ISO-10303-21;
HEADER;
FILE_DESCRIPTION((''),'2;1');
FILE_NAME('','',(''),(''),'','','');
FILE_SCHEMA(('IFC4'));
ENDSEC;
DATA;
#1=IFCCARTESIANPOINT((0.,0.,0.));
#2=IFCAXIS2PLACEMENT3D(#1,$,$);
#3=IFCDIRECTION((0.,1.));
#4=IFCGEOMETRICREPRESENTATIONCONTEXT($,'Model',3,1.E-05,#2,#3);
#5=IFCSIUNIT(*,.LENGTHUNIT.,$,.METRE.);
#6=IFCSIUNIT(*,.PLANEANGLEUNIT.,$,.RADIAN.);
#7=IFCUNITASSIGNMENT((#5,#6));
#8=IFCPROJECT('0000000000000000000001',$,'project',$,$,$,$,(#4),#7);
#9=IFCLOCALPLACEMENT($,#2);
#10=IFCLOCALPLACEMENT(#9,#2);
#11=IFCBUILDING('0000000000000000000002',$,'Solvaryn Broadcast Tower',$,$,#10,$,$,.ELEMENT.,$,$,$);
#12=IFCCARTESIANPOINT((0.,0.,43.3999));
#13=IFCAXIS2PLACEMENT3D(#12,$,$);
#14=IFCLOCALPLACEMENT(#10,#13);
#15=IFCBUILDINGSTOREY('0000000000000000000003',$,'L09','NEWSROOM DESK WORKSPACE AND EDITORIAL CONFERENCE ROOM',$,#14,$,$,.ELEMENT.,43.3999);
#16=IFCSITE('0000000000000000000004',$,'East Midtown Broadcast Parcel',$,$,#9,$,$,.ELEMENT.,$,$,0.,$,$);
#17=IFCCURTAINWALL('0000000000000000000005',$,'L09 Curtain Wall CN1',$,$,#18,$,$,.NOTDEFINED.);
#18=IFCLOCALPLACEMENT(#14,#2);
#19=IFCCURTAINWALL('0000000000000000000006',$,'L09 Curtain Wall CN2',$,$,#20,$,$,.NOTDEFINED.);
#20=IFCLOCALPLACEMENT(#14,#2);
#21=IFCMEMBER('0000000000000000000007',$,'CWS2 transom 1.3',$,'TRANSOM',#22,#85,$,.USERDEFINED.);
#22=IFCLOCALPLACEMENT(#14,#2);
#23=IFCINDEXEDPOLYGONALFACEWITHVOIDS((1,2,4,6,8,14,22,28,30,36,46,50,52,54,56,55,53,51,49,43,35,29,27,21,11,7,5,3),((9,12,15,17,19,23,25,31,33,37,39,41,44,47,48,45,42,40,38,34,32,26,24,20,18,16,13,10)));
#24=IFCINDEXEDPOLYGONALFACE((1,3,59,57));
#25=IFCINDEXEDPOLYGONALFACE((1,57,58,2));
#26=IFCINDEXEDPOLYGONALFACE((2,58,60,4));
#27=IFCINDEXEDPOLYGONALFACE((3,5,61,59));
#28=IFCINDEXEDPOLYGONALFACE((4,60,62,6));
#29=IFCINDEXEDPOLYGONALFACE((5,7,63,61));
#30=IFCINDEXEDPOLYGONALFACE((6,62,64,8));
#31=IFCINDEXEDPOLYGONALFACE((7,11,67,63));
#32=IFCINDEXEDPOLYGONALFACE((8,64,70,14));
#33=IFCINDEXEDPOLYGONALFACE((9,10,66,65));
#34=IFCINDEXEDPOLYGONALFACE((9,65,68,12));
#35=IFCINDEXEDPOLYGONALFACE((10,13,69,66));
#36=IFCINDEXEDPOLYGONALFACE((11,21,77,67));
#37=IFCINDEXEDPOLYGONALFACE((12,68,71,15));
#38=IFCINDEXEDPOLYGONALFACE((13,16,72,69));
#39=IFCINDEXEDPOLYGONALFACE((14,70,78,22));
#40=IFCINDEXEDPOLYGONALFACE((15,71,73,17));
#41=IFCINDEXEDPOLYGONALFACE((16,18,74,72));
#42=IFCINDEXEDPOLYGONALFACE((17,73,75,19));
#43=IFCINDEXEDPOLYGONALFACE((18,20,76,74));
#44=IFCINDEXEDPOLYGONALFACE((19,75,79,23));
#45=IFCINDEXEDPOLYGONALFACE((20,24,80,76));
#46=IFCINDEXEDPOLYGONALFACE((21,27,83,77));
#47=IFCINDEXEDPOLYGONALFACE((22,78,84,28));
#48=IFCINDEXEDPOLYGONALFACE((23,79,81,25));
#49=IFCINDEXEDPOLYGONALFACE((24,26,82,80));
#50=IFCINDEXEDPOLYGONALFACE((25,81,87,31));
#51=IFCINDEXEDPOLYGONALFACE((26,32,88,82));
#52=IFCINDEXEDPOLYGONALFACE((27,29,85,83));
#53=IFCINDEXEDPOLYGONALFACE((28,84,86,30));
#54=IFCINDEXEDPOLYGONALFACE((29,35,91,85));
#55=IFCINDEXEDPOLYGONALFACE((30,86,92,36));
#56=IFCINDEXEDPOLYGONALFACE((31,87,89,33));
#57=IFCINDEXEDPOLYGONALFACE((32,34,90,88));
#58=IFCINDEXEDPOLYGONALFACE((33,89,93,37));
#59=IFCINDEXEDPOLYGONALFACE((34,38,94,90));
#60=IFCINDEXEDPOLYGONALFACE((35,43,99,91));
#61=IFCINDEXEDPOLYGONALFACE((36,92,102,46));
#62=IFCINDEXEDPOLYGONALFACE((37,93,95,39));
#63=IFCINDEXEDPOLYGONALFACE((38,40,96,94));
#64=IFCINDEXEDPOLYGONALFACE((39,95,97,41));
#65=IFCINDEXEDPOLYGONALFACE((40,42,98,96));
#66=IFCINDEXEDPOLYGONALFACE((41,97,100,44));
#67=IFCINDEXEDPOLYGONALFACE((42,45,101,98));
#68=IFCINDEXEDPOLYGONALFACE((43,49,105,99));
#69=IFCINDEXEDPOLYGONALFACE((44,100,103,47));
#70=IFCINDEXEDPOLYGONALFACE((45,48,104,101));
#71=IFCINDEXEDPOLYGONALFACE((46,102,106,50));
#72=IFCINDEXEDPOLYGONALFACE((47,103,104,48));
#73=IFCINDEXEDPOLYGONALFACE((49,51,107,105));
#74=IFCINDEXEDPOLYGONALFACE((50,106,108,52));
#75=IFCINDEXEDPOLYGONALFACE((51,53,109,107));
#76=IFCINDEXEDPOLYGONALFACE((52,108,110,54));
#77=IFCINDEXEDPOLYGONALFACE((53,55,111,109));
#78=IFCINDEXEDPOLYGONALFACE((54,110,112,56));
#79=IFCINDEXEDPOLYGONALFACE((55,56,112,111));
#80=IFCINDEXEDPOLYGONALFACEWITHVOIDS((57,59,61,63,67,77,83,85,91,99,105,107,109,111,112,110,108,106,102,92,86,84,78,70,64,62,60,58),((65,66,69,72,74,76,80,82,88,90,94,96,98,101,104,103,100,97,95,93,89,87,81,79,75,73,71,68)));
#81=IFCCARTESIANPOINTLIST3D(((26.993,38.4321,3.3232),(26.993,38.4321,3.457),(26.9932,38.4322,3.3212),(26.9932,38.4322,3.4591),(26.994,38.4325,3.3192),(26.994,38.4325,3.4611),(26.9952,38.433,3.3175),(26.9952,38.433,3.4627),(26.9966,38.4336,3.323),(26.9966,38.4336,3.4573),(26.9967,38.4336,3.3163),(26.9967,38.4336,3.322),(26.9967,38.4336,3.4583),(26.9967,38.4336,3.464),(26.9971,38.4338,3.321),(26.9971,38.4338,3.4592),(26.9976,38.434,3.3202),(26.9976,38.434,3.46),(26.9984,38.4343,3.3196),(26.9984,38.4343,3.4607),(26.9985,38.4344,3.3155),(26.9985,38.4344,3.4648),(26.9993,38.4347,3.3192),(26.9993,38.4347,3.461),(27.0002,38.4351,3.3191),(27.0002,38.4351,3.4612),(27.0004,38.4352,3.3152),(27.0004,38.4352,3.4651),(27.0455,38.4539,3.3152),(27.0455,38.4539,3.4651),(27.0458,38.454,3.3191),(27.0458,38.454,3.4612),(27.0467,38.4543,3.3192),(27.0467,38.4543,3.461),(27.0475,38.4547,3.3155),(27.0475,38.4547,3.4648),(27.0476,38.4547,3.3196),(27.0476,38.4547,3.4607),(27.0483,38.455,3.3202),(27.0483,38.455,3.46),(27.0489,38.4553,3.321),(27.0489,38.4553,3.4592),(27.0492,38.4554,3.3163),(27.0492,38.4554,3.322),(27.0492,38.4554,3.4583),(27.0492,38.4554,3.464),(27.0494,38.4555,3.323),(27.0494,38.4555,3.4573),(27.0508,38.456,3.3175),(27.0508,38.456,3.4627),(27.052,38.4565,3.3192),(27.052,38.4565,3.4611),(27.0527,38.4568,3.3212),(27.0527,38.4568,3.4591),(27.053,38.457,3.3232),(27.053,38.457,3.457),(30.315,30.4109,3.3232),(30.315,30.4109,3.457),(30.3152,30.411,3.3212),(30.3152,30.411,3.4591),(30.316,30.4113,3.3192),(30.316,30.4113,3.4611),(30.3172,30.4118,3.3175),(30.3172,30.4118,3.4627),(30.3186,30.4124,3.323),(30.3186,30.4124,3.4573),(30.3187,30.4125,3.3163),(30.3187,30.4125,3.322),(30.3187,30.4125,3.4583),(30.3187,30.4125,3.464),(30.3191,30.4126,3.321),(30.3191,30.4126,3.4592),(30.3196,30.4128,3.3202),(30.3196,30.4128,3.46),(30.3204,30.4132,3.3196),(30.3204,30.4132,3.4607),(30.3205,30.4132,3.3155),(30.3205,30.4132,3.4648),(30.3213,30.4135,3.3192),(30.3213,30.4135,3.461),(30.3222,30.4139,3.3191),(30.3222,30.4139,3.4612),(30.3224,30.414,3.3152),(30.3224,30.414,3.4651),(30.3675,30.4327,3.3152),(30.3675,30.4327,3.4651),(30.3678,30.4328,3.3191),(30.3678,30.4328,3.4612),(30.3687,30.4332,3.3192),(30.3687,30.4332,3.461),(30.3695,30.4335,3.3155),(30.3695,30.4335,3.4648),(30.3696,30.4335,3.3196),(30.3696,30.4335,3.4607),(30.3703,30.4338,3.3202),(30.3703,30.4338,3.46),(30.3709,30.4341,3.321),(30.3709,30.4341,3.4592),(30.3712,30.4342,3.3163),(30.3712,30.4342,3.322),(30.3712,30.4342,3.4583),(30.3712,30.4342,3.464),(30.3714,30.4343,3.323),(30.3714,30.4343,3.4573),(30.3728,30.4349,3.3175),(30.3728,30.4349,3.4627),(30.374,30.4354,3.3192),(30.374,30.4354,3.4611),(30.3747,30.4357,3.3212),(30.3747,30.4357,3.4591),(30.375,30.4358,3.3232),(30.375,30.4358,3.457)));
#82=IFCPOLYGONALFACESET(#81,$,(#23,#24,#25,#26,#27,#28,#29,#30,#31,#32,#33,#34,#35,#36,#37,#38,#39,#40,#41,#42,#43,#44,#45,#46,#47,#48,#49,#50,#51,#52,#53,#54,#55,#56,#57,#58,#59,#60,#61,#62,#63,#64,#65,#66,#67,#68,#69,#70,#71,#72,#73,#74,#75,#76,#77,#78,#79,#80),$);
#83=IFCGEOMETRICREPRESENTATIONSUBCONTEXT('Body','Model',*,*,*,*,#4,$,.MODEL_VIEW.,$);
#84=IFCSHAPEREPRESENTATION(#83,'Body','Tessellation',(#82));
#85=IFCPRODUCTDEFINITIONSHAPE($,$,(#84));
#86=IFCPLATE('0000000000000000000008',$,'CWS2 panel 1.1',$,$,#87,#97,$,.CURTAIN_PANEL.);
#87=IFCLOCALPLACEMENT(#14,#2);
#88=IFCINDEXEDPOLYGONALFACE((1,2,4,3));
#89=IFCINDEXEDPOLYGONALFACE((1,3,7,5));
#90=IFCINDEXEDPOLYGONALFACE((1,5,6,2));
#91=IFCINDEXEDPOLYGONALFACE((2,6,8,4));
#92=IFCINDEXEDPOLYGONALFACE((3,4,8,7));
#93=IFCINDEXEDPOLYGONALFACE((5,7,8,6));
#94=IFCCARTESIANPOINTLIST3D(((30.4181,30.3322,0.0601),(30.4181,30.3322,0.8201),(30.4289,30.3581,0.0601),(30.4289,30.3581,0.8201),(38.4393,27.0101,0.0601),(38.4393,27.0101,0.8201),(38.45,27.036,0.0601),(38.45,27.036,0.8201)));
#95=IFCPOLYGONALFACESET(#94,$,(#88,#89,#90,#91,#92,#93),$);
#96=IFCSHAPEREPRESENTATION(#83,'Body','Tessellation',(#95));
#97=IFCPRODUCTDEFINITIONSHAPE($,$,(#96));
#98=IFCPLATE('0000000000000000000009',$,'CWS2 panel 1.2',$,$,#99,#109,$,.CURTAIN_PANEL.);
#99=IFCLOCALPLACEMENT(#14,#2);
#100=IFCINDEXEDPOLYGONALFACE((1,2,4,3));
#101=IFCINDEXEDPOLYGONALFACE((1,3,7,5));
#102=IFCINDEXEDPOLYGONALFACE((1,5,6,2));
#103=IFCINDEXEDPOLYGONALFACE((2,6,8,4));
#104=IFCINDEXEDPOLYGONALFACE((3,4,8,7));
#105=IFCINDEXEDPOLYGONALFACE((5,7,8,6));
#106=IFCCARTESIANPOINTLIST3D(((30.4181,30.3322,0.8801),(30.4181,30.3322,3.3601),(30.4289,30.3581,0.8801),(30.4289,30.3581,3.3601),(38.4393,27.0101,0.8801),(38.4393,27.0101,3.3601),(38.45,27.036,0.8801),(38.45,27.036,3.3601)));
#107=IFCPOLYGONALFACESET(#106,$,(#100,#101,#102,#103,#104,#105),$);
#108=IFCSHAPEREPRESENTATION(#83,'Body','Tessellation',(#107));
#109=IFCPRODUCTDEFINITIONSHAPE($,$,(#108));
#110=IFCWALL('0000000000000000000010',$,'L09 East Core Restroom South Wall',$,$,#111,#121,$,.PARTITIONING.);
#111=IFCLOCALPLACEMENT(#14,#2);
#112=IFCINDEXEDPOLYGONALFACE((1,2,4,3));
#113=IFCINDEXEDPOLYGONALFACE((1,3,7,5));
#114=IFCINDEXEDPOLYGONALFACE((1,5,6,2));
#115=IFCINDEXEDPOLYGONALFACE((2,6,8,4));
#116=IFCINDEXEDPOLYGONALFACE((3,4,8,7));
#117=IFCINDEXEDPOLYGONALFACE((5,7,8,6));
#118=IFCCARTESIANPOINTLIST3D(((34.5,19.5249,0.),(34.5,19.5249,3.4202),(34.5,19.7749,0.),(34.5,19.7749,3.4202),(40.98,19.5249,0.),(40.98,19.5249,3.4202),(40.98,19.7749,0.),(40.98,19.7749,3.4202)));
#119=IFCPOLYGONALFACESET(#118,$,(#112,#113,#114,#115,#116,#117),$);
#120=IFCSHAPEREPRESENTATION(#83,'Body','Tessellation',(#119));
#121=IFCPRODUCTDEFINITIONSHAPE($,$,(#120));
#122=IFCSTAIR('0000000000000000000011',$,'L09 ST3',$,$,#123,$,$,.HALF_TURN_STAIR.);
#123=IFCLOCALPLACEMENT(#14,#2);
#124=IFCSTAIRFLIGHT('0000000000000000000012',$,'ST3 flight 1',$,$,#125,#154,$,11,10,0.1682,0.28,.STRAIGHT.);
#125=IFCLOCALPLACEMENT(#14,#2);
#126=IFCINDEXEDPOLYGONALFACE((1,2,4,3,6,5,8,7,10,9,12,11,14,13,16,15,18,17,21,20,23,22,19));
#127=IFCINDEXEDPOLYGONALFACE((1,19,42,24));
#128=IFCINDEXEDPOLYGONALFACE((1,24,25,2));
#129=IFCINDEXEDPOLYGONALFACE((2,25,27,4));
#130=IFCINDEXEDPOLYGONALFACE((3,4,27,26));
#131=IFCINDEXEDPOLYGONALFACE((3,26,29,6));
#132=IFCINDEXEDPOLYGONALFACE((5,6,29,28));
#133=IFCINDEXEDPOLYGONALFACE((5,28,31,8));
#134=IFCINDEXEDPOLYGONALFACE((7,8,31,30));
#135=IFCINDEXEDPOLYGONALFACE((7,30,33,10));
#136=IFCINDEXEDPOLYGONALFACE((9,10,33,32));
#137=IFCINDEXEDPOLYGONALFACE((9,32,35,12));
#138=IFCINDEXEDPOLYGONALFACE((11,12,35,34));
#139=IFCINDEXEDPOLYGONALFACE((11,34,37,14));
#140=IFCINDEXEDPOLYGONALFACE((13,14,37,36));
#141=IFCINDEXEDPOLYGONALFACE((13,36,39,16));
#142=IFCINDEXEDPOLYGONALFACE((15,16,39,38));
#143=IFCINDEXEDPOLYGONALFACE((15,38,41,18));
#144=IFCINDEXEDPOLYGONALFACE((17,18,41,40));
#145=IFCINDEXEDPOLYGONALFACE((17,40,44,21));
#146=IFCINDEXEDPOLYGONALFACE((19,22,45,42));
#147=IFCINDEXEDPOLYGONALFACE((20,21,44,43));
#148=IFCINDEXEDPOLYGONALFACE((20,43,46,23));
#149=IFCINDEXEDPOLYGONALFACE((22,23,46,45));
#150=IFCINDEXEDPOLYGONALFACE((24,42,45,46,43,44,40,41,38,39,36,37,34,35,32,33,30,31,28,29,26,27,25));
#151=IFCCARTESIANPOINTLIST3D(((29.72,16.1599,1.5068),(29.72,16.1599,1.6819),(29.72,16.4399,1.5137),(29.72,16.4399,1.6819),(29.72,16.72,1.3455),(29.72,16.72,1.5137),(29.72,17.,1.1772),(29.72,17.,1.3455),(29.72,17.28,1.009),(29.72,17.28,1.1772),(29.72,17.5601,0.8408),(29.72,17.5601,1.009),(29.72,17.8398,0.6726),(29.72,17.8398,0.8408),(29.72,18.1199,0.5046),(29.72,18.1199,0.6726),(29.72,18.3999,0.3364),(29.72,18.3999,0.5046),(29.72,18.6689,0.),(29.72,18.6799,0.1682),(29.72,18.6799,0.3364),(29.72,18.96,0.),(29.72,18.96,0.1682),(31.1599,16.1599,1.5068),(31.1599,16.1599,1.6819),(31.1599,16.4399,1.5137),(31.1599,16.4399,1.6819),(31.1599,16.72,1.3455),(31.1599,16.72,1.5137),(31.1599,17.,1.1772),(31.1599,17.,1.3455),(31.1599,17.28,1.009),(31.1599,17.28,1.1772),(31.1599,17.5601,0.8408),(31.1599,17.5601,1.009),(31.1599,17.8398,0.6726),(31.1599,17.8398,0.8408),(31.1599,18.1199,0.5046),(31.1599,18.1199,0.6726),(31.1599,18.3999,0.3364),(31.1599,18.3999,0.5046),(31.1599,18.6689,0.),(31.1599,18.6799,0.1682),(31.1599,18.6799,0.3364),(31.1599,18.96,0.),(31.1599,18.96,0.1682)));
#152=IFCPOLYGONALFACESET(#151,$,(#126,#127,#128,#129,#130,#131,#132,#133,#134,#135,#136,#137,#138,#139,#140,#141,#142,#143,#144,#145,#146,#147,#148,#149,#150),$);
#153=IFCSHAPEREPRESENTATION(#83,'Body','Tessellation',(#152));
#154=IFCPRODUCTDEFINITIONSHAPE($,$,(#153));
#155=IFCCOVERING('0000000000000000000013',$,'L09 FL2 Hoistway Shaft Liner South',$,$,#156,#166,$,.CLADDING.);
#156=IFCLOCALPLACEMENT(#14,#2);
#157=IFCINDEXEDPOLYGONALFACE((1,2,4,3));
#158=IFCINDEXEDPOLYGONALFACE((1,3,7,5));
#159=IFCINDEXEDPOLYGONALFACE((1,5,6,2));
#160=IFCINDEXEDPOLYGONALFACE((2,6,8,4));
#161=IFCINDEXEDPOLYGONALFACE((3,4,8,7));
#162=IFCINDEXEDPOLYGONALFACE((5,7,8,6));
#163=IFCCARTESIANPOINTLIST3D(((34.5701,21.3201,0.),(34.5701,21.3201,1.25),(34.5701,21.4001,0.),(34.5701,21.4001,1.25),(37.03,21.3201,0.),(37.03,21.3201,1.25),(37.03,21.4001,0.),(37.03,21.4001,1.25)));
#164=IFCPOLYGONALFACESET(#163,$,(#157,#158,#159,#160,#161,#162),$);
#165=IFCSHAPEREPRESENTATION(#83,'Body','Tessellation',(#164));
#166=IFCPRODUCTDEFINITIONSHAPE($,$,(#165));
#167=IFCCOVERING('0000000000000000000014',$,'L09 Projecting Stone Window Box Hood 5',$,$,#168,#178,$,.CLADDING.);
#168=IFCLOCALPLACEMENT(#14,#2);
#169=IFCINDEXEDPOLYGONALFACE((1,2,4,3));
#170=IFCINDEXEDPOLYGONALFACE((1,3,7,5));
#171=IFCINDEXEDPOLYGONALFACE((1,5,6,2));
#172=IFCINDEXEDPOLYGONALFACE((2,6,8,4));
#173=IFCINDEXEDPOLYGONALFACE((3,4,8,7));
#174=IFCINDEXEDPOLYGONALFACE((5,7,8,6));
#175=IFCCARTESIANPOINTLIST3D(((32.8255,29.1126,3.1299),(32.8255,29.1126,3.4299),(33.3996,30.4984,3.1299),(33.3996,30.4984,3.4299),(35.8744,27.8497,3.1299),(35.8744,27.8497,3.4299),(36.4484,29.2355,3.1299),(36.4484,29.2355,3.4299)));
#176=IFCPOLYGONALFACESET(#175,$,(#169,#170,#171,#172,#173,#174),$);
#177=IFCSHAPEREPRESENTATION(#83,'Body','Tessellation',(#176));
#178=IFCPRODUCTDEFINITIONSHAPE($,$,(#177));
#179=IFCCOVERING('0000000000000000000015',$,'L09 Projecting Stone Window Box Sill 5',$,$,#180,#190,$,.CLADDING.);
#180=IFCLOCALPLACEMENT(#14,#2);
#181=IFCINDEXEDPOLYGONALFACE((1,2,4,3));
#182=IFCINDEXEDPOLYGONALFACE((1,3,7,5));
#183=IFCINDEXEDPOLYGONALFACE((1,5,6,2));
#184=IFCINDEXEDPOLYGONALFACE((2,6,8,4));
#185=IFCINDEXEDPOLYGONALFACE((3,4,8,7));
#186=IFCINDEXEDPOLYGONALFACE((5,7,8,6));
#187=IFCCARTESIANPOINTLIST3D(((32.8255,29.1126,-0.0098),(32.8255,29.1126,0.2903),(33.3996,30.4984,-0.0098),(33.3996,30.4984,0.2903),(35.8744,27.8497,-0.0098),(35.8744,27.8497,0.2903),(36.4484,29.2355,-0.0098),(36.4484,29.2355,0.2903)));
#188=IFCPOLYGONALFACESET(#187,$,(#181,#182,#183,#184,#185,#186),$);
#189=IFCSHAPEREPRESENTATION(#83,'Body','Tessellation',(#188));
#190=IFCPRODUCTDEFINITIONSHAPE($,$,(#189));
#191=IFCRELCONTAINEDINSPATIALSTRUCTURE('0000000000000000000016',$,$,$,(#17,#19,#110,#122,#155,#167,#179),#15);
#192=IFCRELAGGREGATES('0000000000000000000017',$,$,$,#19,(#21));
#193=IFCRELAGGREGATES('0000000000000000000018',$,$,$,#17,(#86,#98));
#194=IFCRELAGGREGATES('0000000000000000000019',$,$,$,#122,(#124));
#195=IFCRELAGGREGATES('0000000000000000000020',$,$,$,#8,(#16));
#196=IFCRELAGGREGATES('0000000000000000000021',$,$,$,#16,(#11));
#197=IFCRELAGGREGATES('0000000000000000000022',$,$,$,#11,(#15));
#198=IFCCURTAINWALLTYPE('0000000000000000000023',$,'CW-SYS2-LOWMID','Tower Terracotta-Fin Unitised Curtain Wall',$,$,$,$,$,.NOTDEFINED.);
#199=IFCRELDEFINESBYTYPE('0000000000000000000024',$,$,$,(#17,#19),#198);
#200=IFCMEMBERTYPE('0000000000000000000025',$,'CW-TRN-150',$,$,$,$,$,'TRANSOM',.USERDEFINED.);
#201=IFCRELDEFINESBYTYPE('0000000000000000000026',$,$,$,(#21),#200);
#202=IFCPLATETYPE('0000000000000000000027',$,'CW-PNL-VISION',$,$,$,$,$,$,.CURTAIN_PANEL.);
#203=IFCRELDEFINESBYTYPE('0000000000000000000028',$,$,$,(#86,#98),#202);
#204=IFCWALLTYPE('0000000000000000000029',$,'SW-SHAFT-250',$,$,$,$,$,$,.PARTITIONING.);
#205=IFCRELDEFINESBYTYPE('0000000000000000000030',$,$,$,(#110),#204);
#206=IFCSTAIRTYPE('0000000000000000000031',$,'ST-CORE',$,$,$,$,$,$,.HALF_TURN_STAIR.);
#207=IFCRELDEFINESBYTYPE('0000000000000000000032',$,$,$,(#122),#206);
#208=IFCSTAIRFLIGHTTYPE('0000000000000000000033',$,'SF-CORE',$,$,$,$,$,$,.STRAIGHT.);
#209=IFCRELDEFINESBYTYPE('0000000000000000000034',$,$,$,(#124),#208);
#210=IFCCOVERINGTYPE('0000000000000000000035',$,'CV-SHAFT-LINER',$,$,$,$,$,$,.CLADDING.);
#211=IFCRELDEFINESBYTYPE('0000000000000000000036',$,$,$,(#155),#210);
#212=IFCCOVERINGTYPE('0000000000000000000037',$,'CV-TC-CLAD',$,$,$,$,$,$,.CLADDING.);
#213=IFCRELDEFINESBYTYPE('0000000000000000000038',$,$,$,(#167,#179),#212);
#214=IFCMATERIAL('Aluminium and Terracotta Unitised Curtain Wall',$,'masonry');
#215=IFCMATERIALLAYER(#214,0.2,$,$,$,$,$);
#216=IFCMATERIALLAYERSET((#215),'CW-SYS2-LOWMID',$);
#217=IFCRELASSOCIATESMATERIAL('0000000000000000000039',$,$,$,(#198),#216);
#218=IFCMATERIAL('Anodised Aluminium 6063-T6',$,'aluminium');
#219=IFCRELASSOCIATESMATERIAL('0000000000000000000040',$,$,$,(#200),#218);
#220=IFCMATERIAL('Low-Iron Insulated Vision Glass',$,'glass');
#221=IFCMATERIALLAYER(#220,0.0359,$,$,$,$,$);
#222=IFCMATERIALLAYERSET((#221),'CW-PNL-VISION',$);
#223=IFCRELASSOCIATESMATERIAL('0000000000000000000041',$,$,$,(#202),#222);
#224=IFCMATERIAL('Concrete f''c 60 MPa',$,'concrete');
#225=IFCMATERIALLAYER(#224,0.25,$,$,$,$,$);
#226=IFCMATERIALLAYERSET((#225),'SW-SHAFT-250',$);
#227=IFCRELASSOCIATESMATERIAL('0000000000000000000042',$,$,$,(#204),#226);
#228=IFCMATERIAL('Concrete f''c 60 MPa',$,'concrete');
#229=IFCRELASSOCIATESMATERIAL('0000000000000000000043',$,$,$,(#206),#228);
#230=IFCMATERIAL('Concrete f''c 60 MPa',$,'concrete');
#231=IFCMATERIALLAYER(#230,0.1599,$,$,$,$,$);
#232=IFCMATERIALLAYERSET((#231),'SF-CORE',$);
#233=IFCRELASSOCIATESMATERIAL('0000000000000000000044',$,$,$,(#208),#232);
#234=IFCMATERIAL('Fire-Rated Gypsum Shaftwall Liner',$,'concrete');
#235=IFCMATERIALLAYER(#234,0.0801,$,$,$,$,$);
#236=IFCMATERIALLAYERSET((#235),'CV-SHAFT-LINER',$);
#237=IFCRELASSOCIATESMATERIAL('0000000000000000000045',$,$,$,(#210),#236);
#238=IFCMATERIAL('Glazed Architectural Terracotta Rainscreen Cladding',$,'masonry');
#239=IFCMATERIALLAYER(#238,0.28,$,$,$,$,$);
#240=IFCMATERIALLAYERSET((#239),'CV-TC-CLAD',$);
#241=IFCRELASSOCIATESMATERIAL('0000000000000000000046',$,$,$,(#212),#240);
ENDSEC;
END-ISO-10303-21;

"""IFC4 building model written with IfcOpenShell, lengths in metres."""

from ifc_helpers import new_model, si_unit, direction, frame, frame_2d, origin, origin_2d, place, context, subcontext, project, spatial, polyline, rectangle, hollow_rectangle, outline, extrude, material, layer, layer_set, material_profile, profile_set, type_object, element, aggregate, save


model = new_model("IFC4")

# Units and contexts
model_context = context("Model", 3, precision=1e-05, world=origin(), true_north=direction((0.0, 1.0)))
body_context = subcontext(model_context, "Body", "Model", "MODEL_VIEW")
ifc_project = project(units=[si_unit("LENGTHUNIT", "METRE"), si_unit("PLANEANGLEUNIT", "RADIAN")], contexts=[model_context])

# Site, building, storey
site_placement = place(None, origin())
site = spatial("IfcSite", under=ifc_project, at=site_placement, Name="East Midtown Broadcast Parcel", CompositionType="ELEMENT", RefElevation=0.0)
building_placement = place(site_placement, origin())
building = spatial("IfcBuilding", under=site, at=building_placement, Name="Solvaryn Broadcast Tower", CompositionType="ELEMENT")
storey_placement = place(building_placement, frame((0.0, 0.0, 43.3999)))
storey = spatial("IfcBuildingStorey", under=building, at=storey_placement, Name="L09", Description="NEWSROOM DESK WORKSPACE AND EDITORIAL CONFERENCE ROOM", CompositionType="ELEMENT", Elevation=43.3999)

# Curtain wall
ifc_material_1 = material(Name="Aluminium and Terracotta Unitised Curtain Wall", Category="masonry")
ifc_layer_1 = layer(ifc_material_1, 0.2)
ifc_layer_set_1 = layer_set([ifc_layer_1], Name="CW-SYS2-LOWMID")
curtain_wall_type = type_object("IfcCurtainWallType", Name="CW-SYS2-LOWMID", Description="Tower Terracotta-Fin Unitised Curtain Wall", PredefinedType="NOTDEFINED", material=ifc_layer_set_1)
curtain_wall_1_placement = place(storey_placement, origin())
curtain_wall_1 = element("IfcCurtainWall", 1, at=curtain_wall_1_placement, inside=storey, type_object=curtain_wall_type, Name="L09 Curtain Wall CN1", PredefinedType="NOTDEFINED")

# Curtain wall, member
curtain_wall_2_placement = place(storey_placement, origin())
curtain_wall_2 = element("IfcCurtainWall", 2, at=curtain_wall_2_placement, inside=storey, type_object=curtain_wall_type, Name="L09 Curtain Wall CN2", PredefinedType="NOTDEFINED")
ifc_material_2 = material(Name="Anodised Aluminium 6063-T6", Category="aluminium")
ifc_material_profile_1 = material_profile(ifc_material_2, hollow_rectangle(XDim=0.0649, YDim=0.1499, WallThickness=0.0039, InnerFilletRadius=0.0039, OuterFilletRadius=0.0081, at=origin_2d()))
ifc_profile_set_1 = profile_set([ifc_material_profile_1], Name="Anodised Aluminium 6063-T6")
member_type_1 = type_object("IfcMemberType", Name="CW-TRN-150", ElementType="TRANSOM", PredefinedType="USERDEFINED", material=ifc_profile_set_1)
member_1_placement = place(storey_placement, frame((30.345, 30.4233, 3.3901), z_axis=(-0.382636, 0.923899, 0.0), x_axis=(-0.923899, -0.382636, 0.0)))
member_1 = element("IfcMember", 3, at=member_1_placement, type_object=member_type_1, Name="CWS2 transom 1.3", ObjectType="TRANSOM", PredefinedType="USERDEFINED", context=body_context, shape_type="SweptSolid", body=[
    extrude(hollow_rectangle(XDim=0.0649, YDim=0.1499, WallThickness=0.0039, InnerFilletRadius=0.0039, OuterFilletRadius=0.0081, at=origin_2d()), origin(), (0.0, 0.0, 1.0), 8.6819),
])
aggregate(curtain_wall_2, [member_1])

# Plates
ifc_material_3 = material(Name="Low-Iron Insulated Vision Glass", Category="glass")
ifc_layer_2 = layer(ifc_material_3, 0.0359)
ifc_layer_set_2 = layer_set([ifc_layer_2], Name="CW-PNL-VISION")
plate_type = type_object("IfcPlateType", Name="CW-PNL-VISION", PredefinedType="CURTAIN_PANEL", material=ifc_layer_set_2)
plate_1_placement = place(storey_placement, frame((34.4341, 28.6841, 0.0601), z_axis=(0.0, 0.0, 1.0), x_axis=(-0.923895, 0.382646, 0.0)))
plate_1 = element("IfcPlate", 4, at=plate_1_placement, type_object=plate_type, Name="CWS2 panel 1.1", PredefinedType="CURTAIN_PANEL", context=body_context, shape_type="SweptSolid", body=[
    extrude(rectangle(XDim=8.6819, YDim=0.0281, at=origin_2d()), origin(), (0.0, 0.0, 1.0), 0.76),
])
plate_2_placement = place(storey_placement, frame((34.4341, 28.6841, 0.8801), z_axis=(0.0, 0.0, 1.0), x_axis=(-0.923895, 0.382646, 0.0)))
plate_2 = element("IfcPlate", 5, at=plate_2_placement, type_object=plate_type, Name="CWS2 panel 1.2", PredefinedType="CURTAIN_PANEL", context=body_context, shape_type="SweptSolid", body=[
    extrude(rectangle(XDim=8.6819, YDim=0.0281, at=origin_2d()), origin(), (0.0, 0.0, 1.0), 2.48),
])
aggregate(curtain_wall_1, [plate_1, plate_2])

# Shared definitions
ifc_material_4 = material(Name="Concrete f'c 60 MPa", Category="concrete")
ifc_layer_3 = layer(ifc_material_4, 0.25)
ifc_layer_set_3 = layer_set([ifc_layer_3], Name="SW-SHAFT-250")
wall_type_1 = type_object("IfcWallType", Name="SW-SHAFT-250", PredefinedType="PARTITIONING", material=ifc_layer_set_3)

# Wall
wall_1_placement = place(storey_placement, frame((34.5, 19.6499, 0.0), z_axis=(0.0, 0.0, 1.0), x_axis=(1.0, 0.0, 0.0)))
element("IfcWall", 6, at=wall_1_placement, inside=storey, type_object=wall_type_1, Name="L09 East Core Restroom South Wall", PredefinedType="PARTITIONING", context=body_context, shape_type="SweptSolid", body=[
    extrude(rectangle(XDim=6.48, YDim=0.25, at=frame_2d((3.24, 0.0))), origin(), (0.0, 0.0, 1.0), 3.4202),
])

# Stair, stair flight
ifc_material_5 = material(Name="Concrete f'c 60 MPa", Category="concrete")
stair_type = type_object("IfcStairType", Name="ST-CORE", PredefinedType="HALF_TURN_STAIR", material=ifc_material_5)
stair_placement = place(storey_placement, origin())
stair = element("IfcStair", 7, at=stair_placement, inside=storey, type_object=stair_type, Name="L09 ST3", PredefinedType="HALF_TURN_STAIR")
ifc_material_6 = material(Name="Concrete f'c 60 MPa", Category="concrete")
ifc_layer_4 = layer(ifc_material_6, 0.1599)
ifc_layer_set_4 = layer_set([ifc_layer_4], Name="SF-CORE")
stair_flight_type = type_object("IfcStairFlightType", Name="SF-CORE", PredefinedType="STRAIGHT", material=ifc_layer_set_4)
stair_flight_placement = place(storey_placement, frame((30.4399, 18.96, 0.0), z_axis=(0.0, 0.0, 1.0), x_axis=(0.0, -1.0, 0.0)))
stair_flight = element("IfcStairFlight", 8, at=stair_flight_placement, type_object=stair_flight_type, Name="ST3 flight 1", NumberOfRisers=11, NumberOfTreads=10, PredefinedType="STRAIGHT", RiserHeight=0.1682, TreadLength=0.28, context=body_context, shape_type="SweptSolid", body=[
    extrude(outline(polyline([(0.0, 0.0), (0.0, 0.1682), (0.28, 0.1682), (0.28, 0.3364), (0.5601, 0.3364), (0.5601, 0.5046), (0.8401, 0.5046), (0.8401, 0.6726), (1.1201, 0.6726), (1.1201, 0.8408), (1.3999, 0.8408), (1.3999, 1.009), (1.6799, 1.009), (1.6799, 1.1772), (1.96, 1.1772), (1.96, 1.3455), (2.24, 1.3455), (2.24, 1.5137), (2.52, 1.5137), (2.52, 1.6819), (2.8, 1.6819), (2.8, 1.8501), (2.8, 1.5068), (0.291, 0.0), (0.0, 0.0)])), frame((0.0, 0.72, 0.0), z_axis=(0.0, -1.0, 0.0), x_axis=(1.0, 0.0, 0.0)), (0.0, 0.0, 1.0), 1.4399),
])
aggregate(stair, [stair_flight])

# Coverings
ifc_material_7 = material(Name="Fire-Rated Gypsum Shaftwall Liner", Category="concrete")
ifc_layer_5 = layer(ifc_material_7, 0.0801)
ifc_layer_set_5 = layer_set([ifc_layer_5], Name="CV-SHAFT-LINER")
covering_type_1 = type_object("IfcCoveringType", Name="CV-SHAFT-LINER", PredefinedType="CLADDING", material=ifc_layer_set_5)
covering_1_placement = place(storey_placement, frame((35.8, 21.3601, 0.0), z_axis=(0.0, 0.0, 1.0), x_axis=(1.0, 0.0, 0.0)))
element("IfcCovering", 9, at=covering_1_placement, inside=storey, type_object=covering_type_1, Name="L09 FL2 Hoistway Shaft Liner South", PredefinedType="CLADDING", context=body_context, shape_type="SweptSolid", body=[
    extrude(rectangle(XDim=2.46, YDim=0.0801, at=origin_2d()), origin(), (0.0, 0.0, 1.0), 1.25),
])
ifc_material_8 = material(Name="Glazed Architectural Terracotta Rainscreen Cladding", Category="masonry")
ifc_layer_6 = layer(ifc_material_8, 0.28)
ifc_layer_set_6 = layer_set([ifc_layer_6], Name="CV-TC-CLAD")
covering_type_2 = type_object("IfcCoveringType", Name="CV-TC-CLAD", PredefinedType="CLADDING", material=ifc_layer_set_6)
for number, where, z_axis, x_axis, name in (
    (10, (34.637, 29.1741, 3.1299), (0.0, 0.0, 1.0), (-0.92388, 0.382683, 0.0), "L09 Projecting Stone Window Box Hood 5"),
    (11, (34.637, 29.1741, -0.0098), (0.0, 0.0, 1.0), (-0.92388, 0.382683, 0.0), "L09 Projecting Stone Window Box Sill 5"),
):
    element("IfcCovering", number, at=place(storey_placement, frame(where, z_axis=z_axis, x_axis=x_axis)), inside=storey, type_object=covering_type_2, Name=name, PredefinedType="CLADDING", context=body_context, shape_type="SweptSolid", body=[
        extrude(rectangle(XDim=3.3, YDim=1.5, at=origin_2d()), origin(), (0.0, 0.0, 1.0), 0.3),
    ])

save(model, "model.ifc")
